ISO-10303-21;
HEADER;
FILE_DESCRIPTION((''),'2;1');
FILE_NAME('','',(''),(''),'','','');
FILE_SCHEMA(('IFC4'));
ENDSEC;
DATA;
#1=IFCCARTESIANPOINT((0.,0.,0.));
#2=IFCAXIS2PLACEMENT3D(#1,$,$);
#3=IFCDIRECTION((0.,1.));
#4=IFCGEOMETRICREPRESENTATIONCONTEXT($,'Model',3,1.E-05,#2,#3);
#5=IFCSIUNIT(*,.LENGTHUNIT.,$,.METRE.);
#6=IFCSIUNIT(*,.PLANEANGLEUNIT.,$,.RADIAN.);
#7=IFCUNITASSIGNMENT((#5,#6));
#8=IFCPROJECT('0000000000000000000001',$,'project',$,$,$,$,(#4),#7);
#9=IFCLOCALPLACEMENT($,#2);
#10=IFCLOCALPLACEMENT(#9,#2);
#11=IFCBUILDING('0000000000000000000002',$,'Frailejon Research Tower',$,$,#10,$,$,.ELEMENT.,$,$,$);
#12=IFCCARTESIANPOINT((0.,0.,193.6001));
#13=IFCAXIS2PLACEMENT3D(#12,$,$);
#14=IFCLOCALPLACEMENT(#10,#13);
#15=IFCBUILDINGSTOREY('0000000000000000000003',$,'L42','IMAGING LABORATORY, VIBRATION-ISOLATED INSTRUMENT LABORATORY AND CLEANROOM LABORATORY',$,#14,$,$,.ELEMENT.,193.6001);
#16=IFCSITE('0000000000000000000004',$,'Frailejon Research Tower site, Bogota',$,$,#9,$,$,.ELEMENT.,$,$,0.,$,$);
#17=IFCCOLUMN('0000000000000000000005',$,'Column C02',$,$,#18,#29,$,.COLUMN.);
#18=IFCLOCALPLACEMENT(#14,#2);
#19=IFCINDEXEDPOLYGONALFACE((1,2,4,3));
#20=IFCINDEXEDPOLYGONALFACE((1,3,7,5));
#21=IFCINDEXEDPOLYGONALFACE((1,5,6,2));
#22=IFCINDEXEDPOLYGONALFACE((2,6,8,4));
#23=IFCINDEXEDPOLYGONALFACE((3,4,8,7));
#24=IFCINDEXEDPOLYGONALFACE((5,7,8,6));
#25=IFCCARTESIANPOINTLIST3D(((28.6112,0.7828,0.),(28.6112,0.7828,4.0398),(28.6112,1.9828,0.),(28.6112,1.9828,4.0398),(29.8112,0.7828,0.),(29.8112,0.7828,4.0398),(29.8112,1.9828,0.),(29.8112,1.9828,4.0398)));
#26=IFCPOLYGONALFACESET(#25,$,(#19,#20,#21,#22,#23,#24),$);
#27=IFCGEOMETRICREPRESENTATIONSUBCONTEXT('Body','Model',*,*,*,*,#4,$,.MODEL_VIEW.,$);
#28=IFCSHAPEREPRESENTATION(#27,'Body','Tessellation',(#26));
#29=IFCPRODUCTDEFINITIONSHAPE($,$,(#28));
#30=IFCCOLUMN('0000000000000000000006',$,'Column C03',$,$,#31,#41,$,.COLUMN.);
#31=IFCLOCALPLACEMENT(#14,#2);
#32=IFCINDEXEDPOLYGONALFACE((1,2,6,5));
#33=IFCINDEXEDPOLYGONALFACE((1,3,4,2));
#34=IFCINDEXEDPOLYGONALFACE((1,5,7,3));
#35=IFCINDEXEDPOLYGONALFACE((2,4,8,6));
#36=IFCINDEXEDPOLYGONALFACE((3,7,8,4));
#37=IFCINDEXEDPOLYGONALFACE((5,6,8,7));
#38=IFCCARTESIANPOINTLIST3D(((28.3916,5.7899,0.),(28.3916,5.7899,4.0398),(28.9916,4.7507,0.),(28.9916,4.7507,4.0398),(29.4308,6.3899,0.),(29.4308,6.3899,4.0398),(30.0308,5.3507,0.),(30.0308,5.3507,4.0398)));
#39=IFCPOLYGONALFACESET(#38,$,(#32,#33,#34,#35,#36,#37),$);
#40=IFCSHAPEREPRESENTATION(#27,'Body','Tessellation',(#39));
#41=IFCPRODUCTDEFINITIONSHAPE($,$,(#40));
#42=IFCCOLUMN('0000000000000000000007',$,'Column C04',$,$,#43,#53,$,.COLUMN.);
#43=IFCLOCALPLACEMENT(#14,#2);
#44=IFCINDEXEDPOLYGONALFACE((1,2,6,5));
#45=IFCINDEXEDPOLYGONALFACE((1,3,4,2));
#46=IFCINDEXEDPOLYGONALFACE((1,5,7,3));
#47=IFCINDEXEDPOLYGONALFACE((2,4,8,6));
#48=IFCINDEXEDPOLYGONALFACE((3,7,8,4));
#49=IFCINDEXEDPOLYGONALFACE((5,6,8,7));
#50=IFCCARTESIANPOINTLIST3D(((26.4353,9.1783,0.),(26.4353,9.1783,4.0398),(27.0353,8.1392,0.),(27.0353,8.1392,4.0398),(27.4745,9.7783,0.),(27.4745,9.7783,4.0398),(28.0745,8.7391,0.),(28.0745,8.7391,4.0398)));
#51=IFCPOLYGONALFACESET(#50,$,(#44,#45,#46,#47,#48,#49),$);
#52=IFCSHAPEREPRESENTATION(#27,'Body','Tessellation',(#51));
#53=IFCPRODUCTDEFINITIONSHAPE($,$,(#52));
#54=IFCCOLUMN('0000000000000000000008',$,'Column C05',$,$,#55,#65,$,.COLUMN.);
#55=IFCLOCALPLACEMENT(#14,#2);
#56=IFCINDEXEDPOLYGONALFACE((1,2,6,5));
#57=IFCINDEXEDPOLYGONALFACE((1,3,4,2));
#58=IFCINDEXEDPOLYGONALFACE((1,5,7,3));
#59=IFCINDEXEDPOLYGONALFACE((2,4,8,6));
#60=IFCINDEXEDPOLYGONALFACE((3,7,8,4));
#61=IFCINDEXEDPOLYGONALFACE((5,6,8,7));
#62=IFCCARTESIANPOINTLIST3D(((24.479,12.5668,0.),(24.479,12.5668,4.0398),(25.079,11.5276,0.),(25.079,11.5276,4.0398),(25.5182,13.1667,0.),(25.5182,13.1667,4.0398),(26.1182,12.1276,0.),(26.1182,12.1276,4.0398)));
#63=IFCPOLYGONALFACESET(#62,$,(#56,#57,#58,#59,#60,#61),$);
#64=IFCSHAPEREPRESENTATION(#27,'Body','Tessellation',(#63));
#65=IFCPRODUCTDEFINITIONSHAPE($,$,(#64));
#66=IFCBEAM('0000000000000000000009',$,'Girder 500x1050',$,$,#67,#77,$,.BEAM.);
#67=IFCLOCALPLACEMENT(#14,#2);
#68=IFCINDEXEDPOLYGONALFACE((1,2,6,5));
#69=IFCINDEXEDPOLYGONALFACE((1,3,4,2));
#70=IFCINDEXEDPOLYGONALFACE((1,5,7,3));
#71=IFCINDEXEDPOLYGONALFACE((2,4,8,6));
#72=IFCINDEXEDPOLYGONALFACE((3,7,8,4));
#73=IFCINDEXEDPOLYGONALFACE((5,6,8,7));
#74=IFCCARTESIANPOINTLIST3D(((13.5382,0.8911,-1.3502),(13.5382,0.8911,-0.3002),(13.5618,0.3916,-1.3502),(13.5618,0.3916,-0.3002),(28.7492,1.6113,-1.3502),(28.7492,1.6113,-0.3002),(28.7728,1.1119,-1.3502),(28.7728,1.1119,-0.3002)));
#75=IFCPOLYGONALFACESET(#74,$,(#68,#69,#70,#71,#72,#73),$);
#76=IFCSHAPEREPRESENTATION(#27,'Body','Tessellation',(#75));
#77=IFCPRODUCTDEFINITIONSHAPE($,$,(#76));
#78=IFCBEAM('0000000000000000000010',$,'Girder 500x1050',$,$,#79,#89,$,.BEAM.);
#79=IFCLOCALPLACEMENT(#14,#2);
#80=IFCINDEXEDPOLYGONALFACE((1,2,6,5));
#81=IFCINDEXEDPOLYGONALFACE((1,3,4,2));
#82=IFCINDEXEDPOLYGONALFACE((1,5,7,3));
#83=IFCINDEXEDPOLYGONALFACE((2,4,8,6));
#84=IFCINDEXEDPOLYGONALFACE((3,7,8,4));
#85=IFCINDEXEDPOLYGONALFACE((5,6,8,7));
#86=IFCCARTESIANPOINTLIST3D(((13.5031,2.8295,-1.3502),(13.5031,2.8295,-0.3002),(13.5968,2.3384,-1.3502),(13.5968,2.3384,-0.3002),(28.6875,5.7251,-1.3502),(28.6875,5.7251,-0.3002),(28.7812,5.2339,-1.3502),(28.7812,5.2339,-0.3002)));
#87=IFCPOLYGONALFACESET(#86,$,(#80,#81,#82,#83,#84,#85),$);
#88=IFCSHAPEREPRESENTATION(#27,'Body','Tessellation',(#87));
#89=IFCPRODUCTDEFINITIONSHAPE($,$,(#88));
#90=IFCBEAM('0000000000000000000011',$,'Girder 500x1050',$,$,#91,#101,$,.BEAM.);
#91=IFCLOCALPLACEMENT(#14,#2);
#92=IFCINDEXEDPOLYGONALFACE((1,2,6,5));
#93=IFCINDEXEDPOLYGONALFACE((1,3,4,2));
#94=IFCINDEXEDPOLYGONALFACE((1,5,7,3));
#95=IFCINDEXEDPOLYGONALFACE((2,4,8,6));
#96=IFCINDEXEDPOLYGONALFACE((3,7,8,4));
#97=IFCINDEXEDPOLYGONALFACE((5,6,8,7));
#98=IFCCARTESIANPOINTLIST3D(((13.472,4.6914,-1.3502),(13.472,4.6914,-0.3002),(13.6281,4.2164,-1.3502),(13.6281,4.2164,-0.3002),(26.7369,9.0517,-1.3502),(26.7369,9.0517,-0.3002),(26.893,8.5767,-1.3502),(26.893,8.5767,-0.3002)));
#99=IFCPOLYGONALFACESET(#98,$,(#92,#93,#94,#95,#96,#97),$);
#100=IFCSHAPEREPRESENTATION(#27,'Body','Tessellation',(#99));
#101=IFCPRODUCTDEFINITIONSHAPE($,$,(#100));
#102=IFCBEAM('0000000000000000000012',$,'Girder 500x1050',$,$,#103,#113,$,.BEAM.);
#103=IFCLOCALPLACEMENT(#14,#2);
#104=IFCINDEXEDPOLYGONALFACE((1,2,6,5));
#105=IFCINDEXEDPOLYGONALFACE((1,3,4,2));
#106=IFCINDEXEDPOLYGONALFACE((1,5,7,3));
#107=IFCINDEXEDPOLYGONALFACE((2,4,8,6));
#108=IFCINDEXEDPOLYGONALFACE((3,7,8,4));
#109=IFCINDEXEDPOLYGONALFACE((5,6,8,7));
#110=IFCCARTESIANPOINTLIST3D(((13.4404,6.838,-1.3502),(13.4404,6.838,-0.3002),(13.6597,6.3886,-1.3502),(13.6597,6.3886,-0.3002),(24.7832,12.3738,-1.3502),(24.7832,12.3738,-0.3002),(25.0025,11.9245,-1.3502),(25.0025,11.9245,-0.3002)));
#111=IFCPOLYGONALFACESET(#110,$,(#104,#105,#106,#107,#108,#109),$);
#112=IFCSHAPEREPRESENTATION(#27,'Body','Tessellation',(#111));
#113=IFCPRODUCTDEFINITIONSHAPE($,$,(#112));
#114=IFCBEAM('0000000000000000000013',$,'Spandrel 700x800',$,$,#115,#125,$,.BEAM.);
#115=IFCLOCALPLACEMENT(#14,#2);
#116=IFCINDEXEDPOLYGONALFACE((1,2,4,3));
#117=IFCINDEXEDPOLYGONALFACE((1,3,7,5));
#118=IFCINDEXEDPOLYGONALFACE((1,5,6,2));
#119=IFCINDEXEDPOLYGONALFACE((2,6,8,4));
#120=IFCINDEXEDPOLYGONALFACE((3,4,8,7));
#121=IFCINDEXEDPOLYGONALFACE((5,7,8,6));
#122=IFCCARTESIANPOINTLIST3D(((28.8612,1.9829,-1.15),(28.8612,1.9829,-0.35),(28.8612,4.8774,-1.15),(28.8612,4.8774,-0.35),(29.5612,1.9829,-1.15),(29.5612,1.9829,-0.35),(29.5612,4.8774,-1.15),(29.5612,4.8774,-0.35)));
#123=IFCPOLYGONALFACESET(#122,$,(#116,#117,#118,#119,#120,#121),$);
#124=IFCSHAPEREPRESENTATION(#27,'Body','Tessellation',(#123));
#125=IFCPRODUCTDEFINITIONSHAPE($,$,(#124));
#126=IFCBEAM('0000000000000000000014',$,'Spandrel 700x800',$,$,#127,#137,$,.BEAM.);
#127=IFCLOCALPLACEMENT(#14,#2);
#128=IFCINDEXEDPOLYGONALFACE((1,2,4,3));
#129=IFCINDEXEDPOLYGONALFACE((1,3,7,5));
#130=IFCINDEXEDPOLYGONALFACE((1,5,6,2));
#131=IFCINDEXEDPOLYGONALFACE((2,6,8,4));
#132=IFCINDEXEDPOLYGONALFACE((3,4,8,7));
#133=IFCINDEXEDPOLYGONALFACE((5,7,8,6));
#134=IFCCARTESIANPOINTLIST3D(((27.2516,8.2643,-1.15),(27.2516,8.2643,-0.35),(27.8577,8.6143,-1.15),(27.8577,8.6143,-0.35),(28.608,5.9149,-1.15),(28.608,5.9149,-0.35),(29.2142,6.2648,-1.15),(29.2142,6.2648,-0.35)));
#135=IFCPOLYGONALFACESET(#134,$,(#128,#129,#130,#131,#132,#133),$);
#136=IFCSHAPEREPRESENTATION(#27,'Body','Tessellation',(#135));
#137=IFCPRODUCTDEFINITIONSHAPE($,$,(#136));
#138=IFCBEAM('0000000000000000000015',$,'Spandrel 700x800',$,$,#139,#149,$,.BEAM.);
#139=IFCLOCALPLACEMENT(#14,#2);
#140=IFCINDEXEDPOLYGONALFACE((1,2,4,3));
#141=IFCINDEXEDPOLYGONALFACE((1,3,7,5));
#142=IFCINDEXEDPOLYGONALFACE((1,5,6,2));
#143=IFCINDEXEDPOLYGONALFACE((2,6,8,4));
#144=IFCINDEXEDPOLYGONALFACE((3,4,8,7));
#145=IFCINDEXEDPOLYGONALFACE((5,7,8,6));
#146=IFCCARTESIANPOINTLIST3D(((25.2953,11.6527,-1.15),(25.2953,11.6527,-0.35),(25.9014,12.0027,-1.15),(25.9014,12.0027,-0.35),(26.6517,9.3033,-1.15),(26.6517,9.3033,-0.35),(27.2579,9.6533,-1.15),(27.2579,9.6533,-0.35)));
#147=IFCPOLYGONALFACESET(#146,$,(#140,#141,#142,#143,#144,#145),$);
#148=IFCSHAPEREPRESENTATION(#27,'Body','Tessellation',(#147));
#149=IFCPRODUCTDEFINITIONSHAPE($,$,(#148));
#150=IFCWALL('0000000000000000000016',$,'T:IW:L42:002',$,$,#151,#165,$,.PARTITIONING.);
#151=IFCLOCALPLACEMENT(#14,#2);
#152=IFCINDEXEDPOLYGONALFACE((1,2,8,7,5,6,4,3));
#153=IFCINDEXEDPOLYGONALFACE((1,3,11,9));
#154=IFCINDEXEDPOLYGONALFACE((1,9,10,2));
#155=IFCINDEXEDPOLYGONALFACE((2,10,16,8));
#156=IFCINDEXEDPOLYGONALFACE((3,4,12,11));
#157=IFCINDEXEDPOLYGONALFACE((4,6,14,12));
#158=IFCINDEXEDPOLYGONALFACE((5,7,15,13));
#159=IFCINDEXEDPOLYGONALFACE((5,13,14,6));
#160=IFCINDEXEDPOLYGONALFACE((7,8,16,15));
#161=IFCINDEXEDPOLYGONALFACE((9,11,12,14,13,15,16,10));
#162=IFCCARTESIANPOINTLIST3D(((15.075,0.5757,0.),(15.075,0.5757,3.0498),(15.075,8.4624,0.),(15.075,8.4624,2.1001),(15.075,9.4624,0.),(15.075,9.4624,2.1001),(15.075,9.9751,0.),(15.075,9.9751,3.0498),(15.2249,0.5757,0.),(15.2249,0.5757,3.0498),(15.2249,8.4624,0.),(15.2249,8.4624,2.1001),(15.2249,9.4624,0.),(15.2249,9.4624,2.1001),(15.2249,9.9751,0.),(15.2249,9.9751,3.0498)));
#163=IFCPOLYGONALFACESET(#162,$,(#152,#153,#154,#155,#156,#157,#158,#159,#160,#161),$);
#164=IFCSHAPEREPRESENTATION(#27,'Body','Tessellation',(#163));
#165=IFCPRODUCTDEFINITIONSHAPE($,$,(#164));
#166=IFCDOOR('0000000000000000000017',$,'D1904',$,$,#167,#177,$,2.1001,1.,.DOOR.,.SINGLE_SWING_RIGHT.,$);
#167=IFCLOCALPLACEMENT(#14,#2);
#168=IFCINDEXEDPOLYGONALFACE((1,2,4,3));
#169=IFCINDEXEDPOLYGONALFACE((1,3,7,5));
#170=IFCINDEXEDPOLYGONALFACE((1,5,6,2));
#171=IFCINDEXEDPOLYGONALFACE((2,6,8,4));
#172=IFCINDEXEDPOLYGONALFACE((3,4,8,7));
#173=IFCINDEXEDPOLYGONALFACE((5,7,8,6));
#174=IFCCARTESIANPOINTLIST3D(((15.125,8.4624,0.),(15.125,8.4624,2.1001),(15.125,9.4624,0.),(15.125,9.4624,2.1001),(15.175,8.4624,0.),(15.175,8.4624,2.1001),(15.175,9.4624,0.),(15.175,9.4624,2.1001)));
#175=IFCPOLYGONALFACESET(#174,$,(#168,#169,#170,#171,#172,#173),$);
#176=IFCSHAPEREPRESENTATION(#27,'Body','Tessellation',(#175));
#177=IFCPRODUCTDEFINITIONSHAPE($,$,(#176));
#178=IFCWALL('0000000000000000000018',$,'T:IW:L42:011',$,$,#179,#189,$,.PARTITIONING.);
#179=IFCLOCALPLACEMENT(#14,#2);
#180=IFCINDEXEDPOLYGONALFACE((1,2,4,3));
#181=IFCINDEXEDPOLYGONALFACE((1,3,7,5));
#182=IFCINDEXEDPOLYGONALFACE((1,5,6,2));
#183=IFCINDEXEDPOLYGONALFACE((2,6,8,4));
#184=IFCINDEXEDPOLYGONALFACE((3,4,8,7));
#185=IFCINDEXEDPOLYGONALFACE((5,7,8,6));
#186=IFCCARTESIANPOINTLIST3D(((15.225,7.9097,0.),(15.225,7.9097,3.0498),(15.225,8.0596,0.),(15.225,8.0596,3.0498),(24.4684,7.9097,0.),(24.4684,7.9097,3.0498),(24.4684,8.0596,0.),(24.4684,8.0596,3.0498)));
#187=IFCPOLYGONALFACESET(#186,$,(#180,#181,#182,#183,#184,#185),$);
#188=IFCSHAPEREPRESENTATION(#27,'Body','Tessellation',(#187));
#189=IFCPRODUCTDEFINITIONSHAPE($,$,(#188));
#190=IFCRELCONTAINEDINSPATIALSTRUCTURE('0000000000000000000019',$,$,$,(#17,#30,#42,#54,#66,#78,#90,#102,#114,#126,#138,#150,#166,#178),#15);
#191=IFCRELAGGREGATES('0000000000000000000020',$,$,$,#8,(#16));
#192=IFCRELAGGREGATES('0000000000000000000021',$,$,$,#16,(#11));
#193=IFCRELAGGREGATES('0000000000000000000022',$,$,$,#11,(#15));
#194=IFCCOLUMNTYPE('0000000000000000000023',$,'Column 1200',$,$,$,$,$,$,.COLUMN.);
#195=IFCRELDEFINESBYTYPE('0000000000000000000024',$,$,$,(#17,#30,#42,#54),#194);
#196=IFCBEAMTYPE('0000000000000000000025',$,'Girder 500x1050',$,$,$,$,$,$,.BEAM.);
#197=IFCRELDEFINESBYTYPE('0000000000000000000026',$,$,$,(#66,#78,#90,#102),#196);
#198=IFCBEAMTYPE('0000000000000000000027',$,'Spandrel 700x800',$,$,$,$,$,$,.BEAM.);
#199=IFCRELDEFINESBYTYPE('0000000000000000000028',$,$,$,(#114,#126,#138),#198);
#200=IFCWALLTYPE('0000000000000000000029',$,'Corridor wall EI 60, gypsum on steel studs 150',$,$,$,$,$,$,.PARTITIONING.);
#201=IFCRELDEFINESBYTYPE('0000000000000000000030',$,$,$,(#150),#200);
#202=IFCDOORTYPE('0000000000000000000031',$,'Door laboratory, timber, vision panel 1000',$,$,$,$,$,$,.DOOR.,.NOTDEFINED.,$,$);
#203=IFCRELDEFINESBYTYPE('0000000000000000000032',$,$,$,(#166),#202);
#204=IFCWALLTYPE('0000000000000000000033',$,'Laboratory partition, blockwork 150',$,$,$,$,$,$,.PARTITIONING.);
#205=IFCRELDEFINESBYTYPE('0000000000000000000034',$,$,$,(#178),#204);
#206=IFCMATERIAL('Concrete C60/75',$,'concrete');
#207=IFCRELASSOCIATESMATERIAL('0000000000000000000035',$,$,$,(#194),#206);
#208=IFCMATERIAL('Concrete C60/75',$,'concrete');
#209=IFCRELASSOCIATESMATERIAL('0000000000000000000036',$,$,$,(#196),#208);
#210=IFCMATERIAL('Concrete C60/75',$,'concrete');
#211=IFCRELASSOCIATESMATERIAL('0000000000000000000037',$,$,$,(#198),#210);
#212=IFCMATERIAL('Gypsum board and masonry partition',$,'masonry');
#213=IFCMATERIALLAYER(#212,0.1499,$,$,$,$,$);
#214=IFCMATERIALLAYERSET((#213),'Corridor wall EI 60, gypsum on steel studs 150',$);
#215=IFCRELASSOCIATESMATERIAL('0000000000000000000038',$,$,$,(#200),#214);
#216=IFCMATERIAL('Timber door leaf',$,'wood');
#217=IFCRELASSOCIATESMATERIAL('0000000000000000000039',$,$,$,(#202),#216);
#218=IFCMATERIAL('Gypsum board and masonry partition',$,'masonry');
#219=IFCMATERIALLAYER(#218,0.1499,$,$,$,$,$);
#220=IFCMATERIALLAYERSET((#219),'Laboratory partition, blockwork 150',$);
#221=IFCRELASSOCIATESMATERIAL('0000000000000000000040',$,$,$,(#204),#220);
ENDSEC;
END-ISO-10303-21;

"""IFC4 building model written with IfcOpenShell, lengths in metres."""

from ifc_helpers import new_model, si_unit, direction, frame, frame_2d, origin, origin_2d, place, context, subcontext, project, spatial, rectangle, extrude, material, layer, layer_set, material_profile, profile_set, type_object, element, fill, save


model = new_model("IFC4")

# Units and contexts
model_context = context("Model", 3, precision=1e-05, world=origin(), true_north=direction((0.0, 1.0)))
body_context = subcontext(model_context, "Body", "Model", "MODEL_VIEW")
ifc_project = project(units=[si_unit("LENGTHUNIT", "METRE"), si_unit("PLANEANGLEUNIT", "RADIAN")], contexts=[model_context])

# Site, building, storey
site_placement = place(None, origin())
site = spatial("IfcSite", under=ifc_project, at=site_placement, Name="Frailejon Research Tower site, Bogota", CompositionType="ELEMENT", RefElevation=0.0)
building_placement = place(site_placement, origin())
building = spatial("IfcBuilding", under=site, at=building_placement, Name="Frailejon Research Tower", CompositionType="ELEMENT")
storey_placement = place(building_placement, frame((0.0, 0.0, 193.6001)))
storey = spatial("IfcBuildingStorey", under=building, at=storey_placement, Name="L42", Description="IMAGING LABORATORY, VIBRATION-ISOLATED INSTRUMENT LABORATORY AND CLEANROOM LABORATORY", CompositionType="ELEMENT", Elevation=193.6001)

# Columns
ifc_material_1 = material(Name="Concrete C60/75", Category="concrete")
ifc_material_profile_1 = material_profile(ifc_material_1, rectangle(XDim=1.2, YDim=1.2, at=origin_2d()), Name="Column 1200")
ifc_profile_set_1 = profile_set([ifc_material_profile_1], Name="Concrete C60/75")
column_type = type_object("IfcColumnType", Name="Column 1200", PredefinedType="COLUMN", material=ifc_profile_set_1)
for number, where, z_axis, x_axis, name in (
    (1, (29.2112, 1.3828, 0.0), (0.0, 0.0, 1.0), (0.0, 1.0, 0.0), "Column C02"),
    (2, (29.2112, 5.5703, 0.0), (0.0, 0.0, 1.0), (-0.5, 0.866025, 0.0), "Column C03"),
    (3, (27.2549, 8.9587, 0.0), (0.0, 0.0, 1.0), (-0.5, 0.866025, 0.0), "Column C04"),
    (4, (25.2986, 12.3472, 0.0), (0.0, 0.0, 1.0), (-0.5, 0.866025, 0.0), "Column C05"),
):
    element("IfcColumn", number, at=place(storey_placement, frame(where, z_axis=z_axis, x_axis=x_axis)), inside=storey, type_object=column_type, Name=name, PredefinedType="COLUMN", context=body_context, shape_type="SweptSolid", body=[
        extrude(rectangle(XDim=1.2, YDim=1.2, at=origin_2d()), origin(), (0.0, 0.0, 1.0), 4.0398),
    ])

# Beams
ifc_material_2 = material(Name="Concrete C60/75", Category="concrete")
ifc_material_profile_2 = material_profile(ifc_material_2, rectangle(XDim=0.5, YDim=1.05, at=origin_2d()), Name="Girder 500x1050")
ifc_profile_set_2 = profile_set([ifc_material_profile_2], Name="Concrete C60/75")
beam_type_1 = type_object("IfcBeamType", Name="Girder 500x1050", PredefinedType="BEAM", material=ifc_profile_set_2)
beam_1_placement = place(storey_placement, frame((28.761, 1.3616, -0.8252), z_axis=(-0.998881, -0.047295, 0.0), x_axis=(0.047295, -0.998881, 0.0)))
element("IfcBeam", 5, at=beam_1_placement, inside=storey, type_object=beam_type_1, Name="Girder 500x1050", PredefinedType="BEAM", context=body_context, shape_type="SweptSolid", body=[
    extrude(rectangle(XDim=0.5, YDim=1.05, at=origin_2d()), origin(), (0.0, 0.0, 1.0), 15.228),
])
beam_2_placement = place(storey_placement, frame((28.7344, 5.4795, -0.8252), z_axis=(-0.9823, -0.187315, 0.0), x_axis=(0.187315, -0.9823, 0.0)))
element("IfcBeam", 6, at=beam_2_placement, inside=storey, type_object=beam_type_1, Name="Girder 500x1050", PredefinedType="BEAM", context=body_context, shape_type="SweptSolid", body=[
    extrude(rectangle(XDim=0.5, YDim=1.05, at=origin_2d()), origin(), (0.0, 0.0, 1.0), 15.458),
])
beam_3_placement = place(storey_placement, frame((26.8149, 8.8142, -0.8252), z_axis=(-0.949992, -0.312275, 0.0), x_axis=(0.312275, -0.949992, 0.0)))
element("IfcBeam", 7, at=beam_3_placement, inside=storey, type_object=beam_type_1, Name="Girder 500x1050", PredefinedType="BEAM", context=body_context, shape_type="SweptSolid", body=[
    extrude(rectangle(XDim=0.5, YDim=1.05, at=origin_2d()), origin(), (0.0, 0.0, 1.0), 13.9631),
])
beam_4_placement = place(storey_placement, frame((24.8928, 12.1492, -0.8252), z_axis=(-0.89868, -0.438605, 0.0), x_axis=(0.438605, -0.89868, 0.0)))
element("IfcBeam", 8, at=beam_4_placement, inside=storey, type_object=beam_type_1, Name="Girder 500x1050", PredefinedType="BEAM", context=body_context, shape_type="SweptSolid", body=[
    extrude(rectangle(XDim=0.5, YDim=1.05, at=origin_2d()), origin(), (0.0, 0.0, 1.0), 12.6216),
])
ifc_material_3 = material(Name="Concrete C60/75", Category="concrete")
ifc_material_profile_3 = material_profile(ifc_material_3, rectangle(XDim=0.7, YDim=0.8, at=origin_2d()), Name="Spandrel 700x800")
ifc_profile_set_3 = profile_set([ifc_material_profile_3], Name="Concrete C60/75")
beam_type_2 = type_object("IfcBeamType", Name="Spandrel 700x800", PredefinedType="BEAM", material=ifc_profile_set_3)
beam_5_placement = place(storey_placement, frame((29.2112, 1.9829, -0.75), z_axis=(0.0, 1.0, 0.0), x_axis=(-1.0, 0.0, 0.0)))
element("IfcBeam", 9, at=beam_5_placement, inside=storey, type_object=beam_type_2, Name="Spandrel 700x800", PredefinedType="BEAM", context=body_context, shape_type="SweptSolid", body=[
    extrude(rectangle(XDim=0.7, YDim=0.8, at=origin_2d()), origin(), (0.0, 0.0, 1.0), 2.8945),
])
for number, where, z_axis, x_axis, name in (
    (10, (28.9111, 6.0898, -0.75), (-0.500011, 0.866019, 0.0), (-0.866019, -0.500011, 0.0), "Spandrel 700x800"),
    (11, (26.9548, 9.4783, -0.75), (-0.500011, 0.866019, 0.0), (-0.866019, -0.500011, 0.0), "Spandrel 700x800"),
):
    element("IfcBeam", number, at=place(storey_placement, frame(where, z_axis=z_axis, x_axis=x_axis)), inside=storey, type_object=beam_type_2, Name=name, PredefinedType="BEAM", context=body_context, shape_type="SweptSolid", body=[
        extrude(rectangle(XDim=0.7, YDim=0.8, at=origin_2d()), origin(), (0.0, 0.0, 1.0), 2.7129),
    ])

# Wall, opening, door
ifc_material_4 = material(Name="Gypsum board and masonry partition", Category="masonry")
ifc_layer_1 = layer(ifc_material_4, 0.1499)
ifc_layer_set_1 = layer_set([ifc_layer_1], Name="Corridor wall EI 60, gypsum on steel studs 150")
wall_type_1 = type_object("IfcWallType", Name="Corridor wall EI 60, gypsum on steel studs 150", PredefinedType="PARTITIONING", material=ifc_layer_set_1)
wall_1_placement = place(storey_placement, frame((15.1499, 0.5757, 0.0), z_axis=(0.0, 0.0, 1.0), x_axis=(0.0, 1.0, 0.0)))
wall_1 = element("IfcWall", 12, at=wall_1_placement, inside=storey, type_object=wall_type_1, Name="T:IW:L42:002", PredefinedType="PARTITIONING", context=body_context, shape_type="SweptSolid", body=[
    extrude(rectangle(XDim=9.3994, YDim=0.1499, at=frame_2d((4.6997, 0.0))), origin(), (0.0, 0.0, 1.0), 3.0498),
])
opening_1_placement = place(wall_1_placement, frame((7.8867, 0.0, 0.0)))
opening_1 = element("IfcOpeningElement", 13, at=opening_1_placement, cuts=wall_1, PredefinedType="OPENING", context=body_context, shape_type="SweptSolid", body=[
    extrude(rectangle(XDim=1.0, YDim=2.1001, at=frame_2d((0.5, 1.05))), frame((0.0, 0.085, 0.0), z_axis=(0.0, -1.0, 0.0), x_axis=(1.0, 0.0, 0.0)), (0.0, 0.0, 1.0), 0.1699),
])
ifc_material_5 = material(Name="Timber door leaf", Category="wood")
door_type_1 = type_object("IfcDoorType", Name="Door laboratory, timber, vision panel 1000", OperationType="NOTDEFINED", PredefinedType="DOOR", material=ifc_material_5)
door_1_placement = place(opening_1_placement, origin())
door_1 = element("IfcDoor", 14, at=door_1_placement, inside=storey, type_object=door_type_1, Name="D1904", OperationType="SINGLE_SWING_RIGHT", OverallHeight=2.1001, OverallWidth=1.0, PredefinedType="DOOR", context=body_context, shape_type="SweptSolid", body=[
    extrude(rectangle(XDim=1.0, YDim=2.1001, at=frame_2d((0.5, 1.05))), frame((0.0, 0.0249, 0.0), z_axis=(0.0, -1.0, 0.0), x_axis=(1.0, 0.0, 0.0)), (0.0, 0.0, 1.0), 0.05),
])
fill(opening_1, door_1)

# Wall
ifc_material_6 = material(Name="Gypsum board and masonry partition", Category="masonry")
ifc_layer_2 = layer(ifc_material_6, 0.1499)
ifc_layer_set_2 = layer_set([ifc_layer_2], Name="Laboratory partition, blockwork 150")
wall_type_2 = type_object("IfcWallType", Name="Laboratory partition, blockwork 150", PredefinedType="PARTITIONING", material=ifc_layer_set_2)
wall_2_placement = place(storey_placement, frame((15.2251, 7.9846, 0.0), z_axis=(0.0, 0.0, 1.0), x_axis=(1.0, 0.0, 0.0)))
element("IfcWall", 15, at=wall_2_placement, inside=storey, type_object=wall_type_2, Name="T:IW:L42:011", PredefinedType="PARTITIONING", context=body_context, shape_type="SweptSolid", body=[
    extrude(rectangle(XDim=9.2434, YDim=0.1499, at=frame_2d((4.6216, 0.0))), origin(), (0.0, 0.0, 1.0), 3.0498),
])

save(model, "model.ifc")
